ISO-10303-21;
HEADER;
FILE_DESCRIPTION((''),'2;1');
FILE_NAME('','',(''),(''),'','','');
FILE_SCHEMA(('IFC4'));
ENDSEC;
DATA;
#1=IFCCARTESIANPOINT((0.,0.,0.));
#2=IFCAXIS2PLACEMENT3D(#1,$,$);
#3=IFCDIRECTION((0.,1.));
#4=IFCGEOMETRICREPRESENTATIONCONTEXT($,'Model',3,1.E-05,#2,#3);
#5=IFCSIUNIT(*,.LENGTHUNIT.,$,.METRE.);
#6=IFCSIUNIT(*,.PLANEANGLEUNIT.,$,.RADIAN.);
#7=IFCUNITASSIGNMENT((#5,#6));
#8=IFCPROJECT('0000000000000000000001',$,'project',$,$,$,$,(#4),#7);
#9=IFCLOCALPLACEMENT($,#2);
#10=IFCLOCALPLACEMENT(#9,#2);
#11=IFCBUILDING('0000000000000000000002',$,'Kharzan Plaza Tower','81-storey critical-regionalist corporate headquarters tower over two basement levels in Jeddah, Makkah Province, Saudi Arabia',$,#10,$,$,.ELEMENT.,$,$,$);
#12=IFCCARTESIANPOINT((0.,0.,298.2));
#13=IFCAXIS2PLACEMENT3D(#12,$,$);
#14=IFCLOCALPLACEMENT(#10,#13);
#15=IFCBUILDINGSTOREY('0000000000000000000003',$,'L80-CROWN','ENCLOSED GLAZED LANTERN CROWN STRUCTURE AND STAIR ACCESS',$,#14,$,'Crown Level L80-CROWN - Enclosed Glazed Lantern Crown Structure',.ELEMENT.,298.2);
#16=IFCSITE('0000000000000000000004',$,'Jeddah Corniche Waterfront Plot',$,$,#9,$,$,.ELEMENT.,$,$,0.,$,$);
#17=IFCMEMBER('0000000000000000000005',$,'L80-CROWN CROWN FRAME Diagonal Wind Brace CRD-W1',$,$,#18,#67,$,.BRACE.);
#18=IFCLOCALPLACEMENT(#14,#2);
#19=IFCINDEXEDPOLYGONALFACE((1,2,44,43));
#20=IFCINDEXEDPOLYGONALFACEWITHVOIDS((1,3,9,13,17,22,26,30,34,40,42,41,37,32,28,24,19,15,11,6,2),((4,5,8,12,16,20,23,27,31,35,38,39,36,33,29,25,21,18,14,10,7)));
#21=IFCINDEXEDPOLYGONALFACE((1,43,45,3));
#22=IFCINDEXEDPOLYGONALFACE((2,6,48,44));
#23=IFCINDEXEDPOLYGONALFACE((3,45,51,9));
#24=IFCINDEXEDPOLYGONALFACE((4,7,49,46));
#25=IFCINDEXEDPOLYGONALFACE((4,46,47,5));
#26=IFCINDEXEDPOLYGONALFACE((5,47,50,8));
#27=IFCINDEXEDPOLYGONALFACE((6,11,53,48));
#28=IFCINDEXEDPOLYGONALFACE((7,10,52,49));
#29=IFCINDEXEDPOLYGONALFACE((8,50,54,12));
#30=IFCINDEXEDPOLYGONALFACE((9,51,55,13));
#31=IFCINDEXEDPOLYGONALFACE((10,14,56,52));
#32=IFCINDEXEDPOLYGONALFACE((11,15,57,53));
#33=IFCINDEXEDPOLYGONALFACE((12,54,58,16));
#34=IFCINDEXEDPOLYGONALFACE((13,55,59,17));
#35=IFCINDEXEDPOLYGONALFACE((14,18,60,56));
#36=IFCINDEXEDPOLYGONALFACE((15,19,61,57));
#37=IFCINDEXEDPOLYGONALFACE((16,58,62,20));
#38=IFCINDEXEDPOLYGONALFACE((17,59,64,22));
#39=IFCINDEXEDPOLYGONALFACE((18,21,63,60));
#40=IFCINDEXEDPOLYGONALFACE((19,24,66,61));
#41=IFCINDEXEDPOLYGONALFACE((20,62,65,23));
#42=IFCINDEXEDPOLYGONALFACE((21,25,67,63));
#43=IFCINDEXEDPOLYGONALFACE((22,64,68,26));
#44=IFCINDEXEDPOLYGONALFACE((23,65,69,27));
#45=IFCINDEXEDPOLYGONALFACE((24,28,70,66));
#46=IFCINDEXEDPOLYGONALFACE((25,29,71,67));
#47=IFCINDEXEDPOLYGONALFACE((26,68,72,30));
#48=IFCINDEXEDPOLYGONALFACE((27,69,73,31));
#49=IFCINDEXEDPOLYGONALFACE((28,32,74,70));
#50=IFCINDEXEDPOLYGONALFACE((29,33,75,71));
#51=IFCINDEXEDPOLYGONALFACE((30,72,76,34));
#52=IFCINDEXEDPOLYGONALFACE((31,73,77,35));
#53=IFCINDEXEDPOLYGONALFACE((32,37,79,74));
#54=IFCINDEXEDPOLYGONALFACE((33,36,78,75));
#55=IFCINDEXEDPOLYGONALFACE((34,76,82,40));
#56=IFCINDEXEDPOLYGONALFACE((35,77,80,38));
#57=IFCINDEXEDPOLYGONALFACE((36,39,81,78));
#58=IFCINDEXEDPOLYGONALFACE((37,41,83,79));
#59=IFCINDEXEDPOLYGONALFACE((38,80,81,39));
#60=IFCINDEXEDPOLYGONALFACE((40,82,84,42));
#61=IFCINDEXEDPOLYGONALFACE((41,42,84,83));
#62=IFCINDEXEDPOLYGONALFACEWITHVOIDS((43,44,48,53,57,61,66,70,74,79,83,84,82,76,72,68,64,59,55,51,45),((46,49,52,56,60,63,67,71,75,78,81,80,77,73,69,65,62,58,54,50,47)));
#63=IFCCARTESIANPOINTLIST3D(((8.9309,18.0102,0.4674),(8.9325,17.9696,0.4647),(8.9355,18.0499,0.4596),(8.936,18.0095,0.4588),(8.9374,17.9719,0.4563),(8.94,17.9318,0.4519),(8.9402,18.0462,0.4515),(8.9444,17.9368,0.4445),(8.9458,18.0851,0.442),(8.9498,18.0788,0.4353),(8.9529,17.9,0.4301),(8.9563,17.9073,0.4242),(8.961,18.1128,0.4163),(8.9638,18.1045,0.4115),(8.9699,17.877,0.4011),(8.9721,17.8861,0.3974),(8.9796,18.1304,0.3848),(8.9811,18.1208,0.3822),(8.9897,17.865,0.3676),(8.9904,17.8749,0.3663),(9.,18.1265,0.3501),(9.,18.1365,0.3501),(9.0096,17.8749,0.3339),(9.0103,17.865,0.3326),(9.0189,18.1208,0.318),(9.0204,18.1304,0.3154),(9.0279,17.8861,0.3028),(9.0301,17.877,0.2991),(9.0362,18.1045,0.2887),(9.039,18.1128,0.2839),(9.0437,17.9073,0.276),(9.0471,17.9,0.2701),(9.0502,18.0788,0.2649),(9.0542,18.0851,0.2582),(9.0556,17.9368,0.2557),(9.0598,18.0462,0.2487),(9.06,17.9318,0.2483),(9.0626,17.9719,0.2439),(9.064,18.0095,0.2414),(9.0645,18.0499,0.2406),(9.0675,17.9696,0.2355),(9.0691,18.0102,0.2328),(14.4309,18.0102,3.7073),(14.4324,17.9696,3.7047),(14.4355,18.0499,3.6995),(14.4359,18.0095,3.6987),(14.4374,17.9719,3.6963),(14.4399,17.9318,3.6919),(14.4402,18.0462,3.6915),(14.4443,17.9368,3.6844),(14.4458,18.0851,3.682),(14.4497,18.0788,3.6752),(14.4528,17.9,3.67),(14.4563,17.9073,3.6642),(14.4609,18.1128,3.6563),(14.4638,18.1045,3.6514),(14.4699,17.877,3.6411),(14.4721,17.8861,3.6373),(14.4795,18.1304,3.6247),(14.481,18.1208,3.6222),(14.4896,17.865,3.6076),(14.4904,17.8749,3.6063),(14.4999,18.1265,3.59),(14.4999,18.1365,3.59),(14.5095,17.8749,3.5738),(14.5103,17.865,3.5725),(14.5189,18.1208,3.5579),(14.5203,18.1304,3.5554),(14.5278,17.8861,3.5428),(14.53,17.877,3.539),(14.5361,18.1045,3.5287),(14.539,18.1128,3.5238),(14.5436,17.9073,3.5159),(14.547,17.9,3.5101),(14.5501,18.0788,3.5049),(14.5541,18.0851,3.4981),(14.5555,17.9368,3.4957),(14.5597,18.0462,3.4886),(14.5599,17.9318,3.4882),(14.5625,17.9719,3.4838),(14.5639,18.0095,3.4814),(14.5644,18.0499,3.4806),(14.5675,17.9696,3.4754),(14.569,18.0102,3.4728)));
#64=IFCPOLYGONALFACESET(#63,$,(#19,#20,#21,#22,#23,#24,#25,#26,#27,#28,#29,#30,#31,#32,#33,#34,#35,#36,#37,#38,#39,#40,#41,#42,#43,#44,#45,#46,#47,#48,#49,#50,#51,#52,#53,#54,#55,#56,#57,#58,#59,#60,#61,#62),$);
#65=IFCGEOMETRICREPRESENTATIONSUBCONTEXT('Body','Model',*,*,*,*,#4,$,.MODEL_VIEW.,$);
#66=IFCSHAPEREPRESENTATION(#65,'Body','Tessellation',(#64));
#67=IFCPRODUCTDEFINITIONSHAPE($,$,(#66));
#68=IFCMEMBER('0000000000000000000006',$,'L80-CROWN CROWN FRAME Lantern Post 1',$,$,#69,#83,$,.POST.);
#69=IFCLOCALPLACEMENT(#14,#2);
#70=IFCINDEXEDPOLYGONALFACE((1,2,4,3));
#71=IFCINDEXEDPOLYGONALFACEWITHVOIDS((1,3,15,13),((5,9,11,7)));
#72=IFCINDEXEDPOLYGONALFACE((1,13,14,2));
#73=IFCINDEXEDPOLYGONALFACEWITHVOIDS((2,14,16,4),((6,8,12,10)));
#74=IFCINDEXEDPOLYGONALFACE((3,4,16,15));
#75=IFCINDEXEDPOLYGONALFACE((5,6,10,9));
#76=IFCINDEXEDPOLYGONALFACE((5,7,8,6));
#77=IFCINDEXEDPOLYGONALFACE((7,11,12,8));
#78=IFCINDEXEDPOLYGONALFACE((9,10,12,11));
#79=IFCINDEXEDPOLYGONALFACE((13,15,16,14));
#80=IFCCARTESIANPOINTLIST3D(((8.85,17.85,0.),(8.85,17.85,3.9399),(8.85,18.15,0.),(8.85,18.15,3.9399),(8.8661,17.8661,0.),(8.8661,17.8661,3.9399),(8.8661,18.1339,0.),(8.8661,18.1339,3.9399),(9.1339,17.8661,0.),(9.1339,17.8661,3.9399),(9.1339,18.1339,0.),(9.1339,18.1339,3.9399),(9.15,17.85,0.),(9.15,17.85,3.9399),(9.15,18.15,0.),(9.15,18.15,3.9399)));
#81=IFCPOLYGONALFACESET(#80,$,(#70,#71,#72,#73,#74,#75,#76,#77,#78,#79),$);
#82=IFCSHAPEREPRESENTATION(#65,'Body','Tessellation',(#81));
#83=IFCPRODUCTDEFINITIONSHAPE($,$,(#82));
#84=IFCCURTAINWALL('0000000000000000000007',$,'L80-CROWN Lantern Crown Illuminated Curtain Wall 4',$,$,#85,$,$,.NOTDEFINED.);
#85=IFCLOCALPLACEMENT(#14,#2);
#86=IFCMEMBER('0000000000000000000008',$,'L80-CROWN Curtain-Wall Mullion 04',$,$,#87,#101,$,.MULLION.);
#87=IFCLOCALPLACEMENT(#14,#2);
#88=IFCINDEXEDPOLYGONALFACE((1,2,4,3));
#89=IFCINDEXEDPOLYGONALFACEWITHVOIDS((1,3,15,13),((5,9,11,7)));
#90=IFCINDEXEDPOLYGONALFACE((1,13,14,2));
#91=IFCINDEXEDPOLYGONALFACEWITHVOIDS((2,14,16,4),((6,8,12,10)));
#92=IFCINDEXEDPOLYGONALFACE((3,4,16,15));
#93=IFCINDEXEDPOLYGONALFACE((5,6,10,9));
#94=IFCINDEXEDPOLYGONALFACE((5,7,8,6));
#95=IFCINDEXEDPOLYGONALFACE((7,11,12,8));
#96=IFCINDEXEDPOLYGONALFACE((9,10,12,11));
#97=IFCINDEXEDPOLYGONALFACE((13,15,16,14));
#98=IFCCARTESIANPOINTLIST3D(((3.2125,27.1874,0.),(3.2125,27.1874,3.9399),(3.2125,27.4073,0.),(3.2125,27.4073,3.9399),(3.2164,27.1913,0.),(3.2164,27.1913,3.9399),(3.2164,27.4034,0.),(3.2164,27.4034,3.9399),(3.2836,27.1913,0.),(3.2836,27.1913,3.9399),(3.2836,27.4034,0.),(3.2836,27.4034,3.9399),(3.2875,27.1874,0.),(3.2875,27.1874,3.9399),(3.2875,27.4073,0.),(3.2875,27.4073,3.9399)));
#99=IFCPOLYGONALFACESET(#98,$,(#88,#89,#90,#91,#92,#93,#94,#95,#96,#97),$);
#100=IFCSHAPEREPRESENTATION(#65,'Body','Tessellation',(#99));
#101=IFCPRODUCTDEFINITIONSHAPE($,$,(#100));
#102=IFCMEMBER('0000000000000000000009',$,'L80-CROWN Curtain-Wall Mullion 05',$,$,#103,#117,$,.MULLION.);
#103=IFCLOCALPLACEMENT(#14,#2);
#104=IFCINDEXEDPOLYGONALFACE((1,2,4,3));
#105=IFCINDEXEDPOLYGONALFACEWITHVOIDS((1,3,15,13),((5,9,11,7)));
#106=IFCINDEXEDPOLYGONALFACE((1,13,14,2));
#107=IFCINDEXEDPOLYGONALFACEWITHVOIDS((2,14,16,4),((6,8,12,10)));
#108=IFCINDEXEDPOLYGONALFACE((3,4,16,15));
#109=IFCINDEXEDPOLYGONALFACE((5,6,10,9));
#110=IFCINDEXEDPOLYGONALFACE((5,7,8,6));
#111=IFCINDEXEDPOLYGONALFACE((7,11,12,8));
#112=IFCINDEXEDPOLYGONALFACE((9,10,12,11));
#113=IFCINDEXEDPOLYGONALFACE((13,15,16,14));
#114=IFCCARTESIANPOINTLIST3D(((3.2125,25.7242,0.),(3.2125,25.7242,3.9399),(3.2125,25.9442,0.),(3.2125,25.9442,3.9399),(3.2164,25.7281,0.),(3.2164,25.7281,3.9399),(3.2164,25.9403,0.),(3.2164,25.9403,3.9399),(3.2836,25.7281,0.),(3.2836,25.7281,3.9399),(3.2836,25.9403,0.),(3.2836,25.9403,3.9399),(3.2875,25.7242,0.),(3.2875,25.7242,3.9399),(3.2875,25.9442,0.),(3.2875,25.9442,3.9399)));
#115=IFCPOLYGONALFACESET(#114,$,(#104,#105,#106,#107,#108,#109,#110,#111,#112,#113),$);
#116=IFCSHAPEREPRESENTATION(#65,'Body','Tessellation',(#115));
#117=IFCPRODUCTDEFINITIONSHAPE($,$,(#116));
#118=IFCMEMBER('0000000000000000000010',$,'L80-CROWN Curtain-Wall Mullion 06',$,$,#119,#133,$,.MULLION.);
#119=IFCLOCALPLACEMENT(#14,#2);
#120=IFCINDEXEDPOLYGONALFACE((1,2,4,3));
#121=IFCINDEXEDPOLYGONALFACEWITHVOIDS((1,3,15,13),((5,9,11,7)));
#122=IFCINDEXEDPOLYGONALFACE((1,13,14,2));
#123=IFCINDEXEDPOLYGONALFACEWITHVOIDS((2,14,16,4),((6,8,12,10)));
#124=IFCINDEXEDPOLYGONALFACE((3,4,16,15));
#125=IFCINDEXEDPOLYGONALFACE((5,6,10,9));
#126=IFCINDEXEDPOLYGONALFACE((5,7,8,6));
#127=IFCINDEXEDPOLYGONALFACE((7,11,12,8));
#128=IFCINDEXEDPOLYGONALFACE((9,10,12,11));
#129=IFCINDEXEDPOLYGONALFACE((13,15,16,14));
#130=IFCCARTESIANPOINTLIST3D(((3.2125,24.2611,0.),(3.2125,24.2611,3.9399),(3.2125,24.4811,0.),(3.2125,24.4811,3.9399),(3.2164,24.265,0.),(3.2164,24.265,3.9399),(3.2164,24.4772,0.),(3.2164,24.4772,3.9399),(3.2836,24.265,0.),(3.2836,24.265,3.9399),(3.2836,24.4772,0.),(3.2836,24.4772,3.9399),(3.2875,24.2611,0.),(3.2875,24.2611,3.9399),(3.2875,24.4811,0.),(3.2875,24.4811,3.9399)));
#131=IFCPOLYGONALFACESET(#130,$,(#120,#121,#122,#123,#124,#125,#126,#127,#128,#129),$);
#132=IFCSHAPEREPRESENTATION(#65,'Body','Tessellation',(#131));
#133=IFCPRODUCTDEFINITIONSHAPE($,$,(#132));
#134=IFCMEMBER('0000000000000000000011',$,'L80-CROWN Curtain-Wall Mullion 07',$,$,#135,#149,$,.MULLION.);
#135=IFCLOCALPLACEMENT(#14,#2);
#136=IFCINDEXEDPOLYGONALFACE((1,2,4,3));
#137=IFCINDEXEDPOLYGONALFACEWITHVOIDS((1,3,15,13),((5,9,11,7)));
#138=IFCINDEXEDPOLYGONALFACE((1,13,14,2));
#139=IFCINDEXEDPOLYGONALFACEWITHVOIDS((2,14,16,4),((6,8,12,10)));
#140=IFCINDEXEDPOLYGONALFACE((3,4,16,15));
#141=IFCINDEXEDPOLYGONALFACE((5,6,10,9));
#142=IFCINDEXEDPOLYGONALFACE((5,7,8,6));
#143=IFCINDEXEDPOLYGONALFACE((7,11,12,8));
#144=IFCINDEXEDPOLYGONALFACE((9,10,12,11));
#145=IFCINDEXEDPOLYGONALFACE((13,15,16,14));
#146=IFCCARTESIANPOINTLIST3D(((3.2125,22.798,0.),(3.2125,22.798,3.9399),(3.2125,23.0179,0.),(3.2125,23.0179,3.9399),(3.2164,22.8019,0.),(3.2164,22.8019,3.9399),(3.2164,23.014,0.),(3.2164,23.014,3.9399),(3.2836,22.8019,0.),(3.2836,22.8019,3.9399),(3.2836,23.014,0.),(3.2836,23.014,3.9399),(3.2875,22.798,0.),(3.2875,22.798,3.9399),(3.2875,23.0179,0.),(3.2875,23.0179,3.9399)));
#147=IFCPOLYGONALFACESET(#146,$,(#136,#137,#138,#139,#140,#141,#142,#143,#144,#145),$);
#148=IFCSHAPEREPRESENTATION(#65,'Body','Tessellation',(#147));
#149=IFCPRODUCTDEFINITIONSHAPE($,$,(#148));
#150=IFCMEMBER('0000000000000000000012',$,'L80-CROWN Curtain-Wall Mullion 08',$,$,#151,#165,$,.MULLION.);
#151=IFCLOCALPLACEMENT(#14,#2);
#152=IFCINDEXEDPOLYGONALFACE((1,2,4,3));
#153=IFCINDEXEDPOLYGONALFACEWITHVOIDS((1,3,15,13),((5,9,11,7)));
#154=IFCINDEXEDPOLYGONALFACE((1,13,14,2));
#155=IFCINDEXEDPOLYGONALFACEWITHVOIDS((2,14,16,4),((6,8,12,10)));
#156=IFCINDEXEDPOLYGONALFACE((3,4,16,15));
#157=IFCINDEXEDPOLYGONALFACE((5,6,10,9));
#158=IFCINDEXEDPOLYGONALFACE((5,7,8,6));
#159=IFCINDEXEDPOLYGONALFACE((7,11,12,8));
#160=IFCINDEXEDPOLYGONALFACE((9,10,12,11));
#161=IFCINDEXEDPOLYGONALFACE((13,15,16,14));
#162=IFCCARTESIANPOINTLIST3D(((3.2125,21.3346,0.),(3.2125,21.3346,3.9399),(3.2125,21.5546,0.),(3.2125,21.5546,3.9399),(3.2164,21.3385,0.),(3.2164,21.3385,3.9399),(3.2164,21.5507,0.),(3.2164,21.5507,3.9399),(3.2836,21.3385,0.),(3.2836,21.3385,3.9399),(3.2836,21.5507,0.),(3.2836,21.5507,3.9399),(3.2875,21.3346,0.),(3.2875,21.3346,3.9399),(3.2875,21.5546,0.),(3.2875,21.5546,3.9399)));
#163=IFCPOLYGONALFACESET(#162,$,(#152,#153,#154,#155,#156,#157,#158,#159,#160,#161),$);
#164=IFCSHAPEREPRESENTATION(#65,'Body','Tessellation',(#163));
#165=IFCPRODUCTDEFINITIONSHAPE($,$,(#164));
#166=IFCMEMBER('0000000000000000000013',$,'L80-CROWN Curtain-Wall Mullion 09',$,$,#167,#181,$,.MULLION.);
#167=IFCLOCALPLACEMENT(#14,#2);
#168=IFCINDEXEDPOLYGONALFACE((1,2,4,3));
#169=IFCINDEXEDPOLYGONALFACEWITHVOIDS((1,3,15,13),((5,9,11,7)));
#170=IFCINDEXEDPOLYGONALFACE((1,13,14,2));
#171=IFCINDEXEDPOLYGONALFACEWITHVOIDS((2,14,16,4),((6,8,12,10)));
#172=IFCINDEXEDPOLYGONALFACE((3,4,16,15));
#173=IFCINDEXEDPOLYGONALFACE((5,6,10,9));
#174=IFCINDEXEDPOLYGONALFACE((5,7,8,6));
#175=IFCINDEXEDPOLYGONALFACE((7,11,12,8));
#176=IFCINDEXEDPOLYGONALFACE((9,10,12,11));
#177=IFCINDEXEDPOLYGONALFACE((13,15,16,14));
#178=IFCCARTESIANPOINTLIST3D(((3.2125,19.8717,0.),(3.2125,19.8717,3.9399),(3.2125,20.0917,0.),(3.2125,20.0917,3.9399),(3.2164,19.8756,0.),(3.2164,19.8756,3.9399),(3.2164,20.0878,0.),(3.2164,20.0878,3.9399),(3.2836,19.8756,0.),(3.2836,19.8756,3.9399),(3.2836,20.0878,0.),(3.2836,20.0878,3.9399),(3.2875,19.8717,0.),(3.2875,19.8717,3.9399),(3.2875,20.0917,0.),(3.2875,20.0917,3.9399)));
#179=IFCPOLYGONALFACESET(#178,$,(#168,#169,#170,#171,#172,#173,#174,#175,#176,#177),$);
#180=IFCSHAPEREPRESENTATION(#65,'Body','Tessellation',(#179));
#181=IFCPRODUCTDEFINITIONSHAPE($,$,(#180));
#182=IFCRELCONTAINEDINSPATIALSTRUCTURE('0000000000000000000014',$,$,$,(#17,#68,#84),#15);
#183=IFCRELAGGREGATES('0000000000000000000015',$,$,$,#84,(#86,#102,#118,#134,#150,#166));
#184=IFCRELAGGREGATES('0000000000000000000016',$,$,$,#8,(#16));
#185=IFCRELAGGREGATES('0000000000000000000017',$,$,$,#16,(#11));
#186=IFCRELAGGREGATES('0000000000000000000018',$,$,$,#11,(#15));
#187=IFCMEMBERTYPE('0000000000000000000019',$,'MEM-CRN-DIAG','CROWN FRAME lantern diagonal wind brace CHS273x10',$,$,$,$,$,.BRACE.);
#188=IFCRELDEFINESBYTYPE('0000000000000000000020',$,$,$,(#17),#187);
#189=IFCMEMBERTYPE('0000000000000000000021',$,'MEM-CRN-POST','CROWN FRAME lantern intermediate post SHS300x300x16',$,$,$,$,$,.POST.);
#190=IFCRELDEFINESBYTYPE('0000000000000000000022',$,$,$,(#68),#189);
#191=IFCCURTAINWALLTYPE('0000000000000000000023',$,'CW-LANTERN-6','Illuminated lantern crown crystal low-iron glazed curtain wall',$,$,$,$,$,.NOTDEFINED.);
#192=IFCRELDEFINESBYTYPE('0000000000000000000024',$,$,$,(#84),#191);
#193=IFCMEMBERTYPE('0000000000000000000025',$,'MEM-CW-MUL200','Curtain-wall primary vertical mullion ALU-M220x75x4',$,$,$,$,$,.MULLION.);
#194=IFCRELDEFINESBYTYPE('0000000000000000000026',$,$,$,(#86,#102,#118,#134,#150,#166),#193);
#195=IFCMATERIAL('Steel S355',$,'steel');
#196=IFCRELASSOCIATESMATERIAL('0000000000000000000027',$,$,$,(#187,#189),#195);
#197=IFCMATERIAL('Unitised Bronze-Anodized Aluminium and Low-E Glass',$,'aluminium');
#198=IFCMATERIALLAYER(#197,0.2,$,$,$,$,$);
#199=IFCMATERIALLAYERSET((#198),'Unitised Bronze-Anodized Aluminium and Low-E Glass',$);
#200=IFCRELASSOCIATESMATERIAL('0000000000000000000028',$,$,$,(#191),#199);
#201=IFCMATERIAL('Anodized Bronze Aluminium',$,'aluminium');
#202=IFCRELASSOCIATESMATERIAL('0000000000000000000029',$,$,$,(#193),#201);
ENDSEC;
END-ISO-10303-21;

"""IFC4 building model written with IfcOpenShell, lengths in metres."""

from ifc_helpers import new_model, si_unit, direction, frame, origin, origin_2d, place, context, subcontext, project, spatial, hollow_rectangle, hollow_circle, extrude, source, transform, mapped, material, layer, layer_set, material_profile, profile_set, type_object, element, aggregate, save


model = new_model("IFC4")

# Units and contexts
model_context = context("Model", 3, precision=1e-05, world=origin(), true_north=direction((0.0, 1.0)))
body_context = subcontext(model_context, "Body", "Model", "MODEL_VIEW")
ifc_project = project(units=[si_unit("LENGTHUNIT", "METRE"), si_unit("PLANEANGLEUNIT", "RADIAN")], contexts=[model_context])

# Site, building, storey
site_placement = place(None, origin())
site = spatial("IfcSite", under=ifc_project, at=site_placement, Name="Jeddah Corniche Waterfront Plot", CompositionType="ELEMENT", RefElevation=0.0)
building_placement = place(site_placement, origin())
building = spatial("IfcBuilding", under=site, at=building_placement, Name="Kharzan Plaza Tower", Description="81-storey critical-regionalist corporate headquarters tower over two basement levels in Jeddah, Makkah Province, Saudi Arabia", CompositionType="ELEMENT")
storey_placement = place(building_placement, frame((0.0, 0.0, 298.2)))
storey = spatial("IfcBuildingStorey", under=building, at=storey_placement, Name="L80-CROWN", Description="ENCLOSED GLAZED LANTERN CROWN STRUCTURE AND STAIR ACCESS", LongName="Crown Level L80-CROWN - Enclosed Glazed Lantern Crown Structure", CompositionType="ELEMENT", Elevation=298.2)

# Members
ifc_material_1 = material(Name="Steel S355", Category="steel")
ifc_material_profile_1 = material_profile(ifc_material_1, hollow_circle(Radius=0.1365, WallThickness=0.01, at=origin_2d()), Name="CHS273x10")
ifc_profile_set_1 = profile_set([ifc_material_profile_1], Name="Steel S355")
member_type_1 = type_object("IfcMemberType", Name="MEM-CRN-DIAG", Description="CROWN FRAME lantern diagonal wind brace CHS273x10", PredefinedType="BRACE", material=ifc_profile_set_1)
shared_shape_1 = source(origin(), body_context, "Body", "SweptSolid", [
    extrude(hollow_circle(Radius=0.1365, WallThickness=0.01, at=origin_2d()), origin(), (0.0, 0.0, 1.0), 6.3833),
])
member_1_placement = place(storey_placement, frame((9.0, 18.0, 0.3501), z_axis=(0.861613, 0.0, 0.507567), x_axis=(0.0, 1.0, 0.0)))
element("IfcMember", 1, at=member_1_placement, inside=storey, type_object=member_type_1, Name="L80-CROWN CROWN FRAME Diagonal Wind Brace CRD-W1", PredefinedType="BRACE", context=body_context, shape_type="MappedRepresentation", body=[
    mapped(shared_shape_1, transform((0.0, 0.0, 0.0), x_axis=(1.0, 0.0, 0.0), y_axis=(0.0, 1.0, 0.0), z_axis=(0.0, 0.0, 1.0))),
])
ifc_material_profile_2 = material_profile(ifc_material_1, hollow_rectangle(XDim=0.3, YDim=0.3, WallThickness=0.0161, at=origin_2d()), Name="SHS300x300x16")
ifc_profile_set_2 = profile_set([ifc_material_profile_2], Name="Steel S355")
member_type_2 = type_object("IfcMemberType", Name="MEM-CRN-POST", Description="CROWN FRAME lantern intermediate post SHS300x300x16", PredefinedType="POST", material=ifc_profile_set_2)
shared_shape_2 = source(origin(), body_context, "Body", "SweptSolid", [
    extrude(hollow_rectangle(XDim=0.3, YDim=0.3, WallThickness=0.0161, at=origin_2d()), origin(), (0.0, 0.0, 1.0), 3.9399),
])
member_2_placement = place(storey_placement, frame((9.0, 18.0, 0.0), z_axis=(0.0, 0.0, 1.0), x_axis=(1.0, 0.0, 0.0)))
element("IfcMember", 2, at=member_2_placement, inside=storey, type_object=member_type_2, Name="L80-CROWN CROWN FRAME Lantern Post 1", PredefinedType="POST", context=body_context, shape_type="MappedRepresentation", body=[
    mapped(shared_shape_2, transform((0.0, 0.0, 0.0), x_axis=(1.0, 0.0, 0.0), y_axis=(0.0, 1.0, 0.0), z_axis=(0.0, 0.0, 1.0))),
])

# Curtain wall, members
ifc_material_2 = material(Name="Unitised Bronze-Anodized Aluminium and Low-E Glass", Category="aluminium")
ifc_layer_1 = layer(ifc_material_2, 0.2)
ifc_layer_set_1 = layer_set([ifc_layer_1], Name="Unitised Bronze-Anodized Aluminium and Low-E Glass")
curtain_wall_type = type_object("IfcCurtainWallType", Name="CW-LANTERN-6", Description="Illuminated lantern crown crystal low-iron glazed curtain wall", PredefinedType="NOTDEFINED", material=ifc_layer_set_1)
curtain_wall_placement = place(storey_placement, origin())
curtain_wall = element("IfcCurtainWall", 3, at=curtain_wall_placement, inside=storey, type_object=curtain_wall_type, Name="L80-CROWN Lantern Crown Illuminated Curtain Wall 4", PredefinedType="NOTDEFINED")
ifc_material_3 = material(Name="Anodized Bronze Aluminium", Category="aluminium")
ifc_material_profile_3 = material_profile(ifc_material_3, hollow_rectangle(XDim=0.075, YDim=0.22, WallThickness=0.0039, at=origin_2d()), Name="ALU-M220x75x4")
ifc_profile_set_3 = profile_set([ifc_material_profile_3], Name="Anodized Bronze Aluminium")
member_type_3 = type_object("IfcMemberType", Name="MEM-CW-MUL200", Description="Curtain-wall primary vertical mullion ALU-M220x75x4", PredefinedType="MULLION", material=ifc_profile_set_3)
shared_shape_3 = source(origin(), body_context, "Body", "SweptSolid", [
    extrude(hollow_rectangle(XDim=0.075, YDim=0.22, WallThickness=0.0039, at=origin_2d()), origin(), (0.0, 0.0, 1.0), 3.9399),
])
member_3_placement = place(storey_placement, frame((3.25, 27.2974, 0.0), z_axis=(0.0, 0.0, 1.0), x_axis=(1.0, 0.0, 0.0)))
member_3 = element("IfcMember", 4, at=member_3_placement, type_object=member_type_3, Name="L80-CROWN Curtain-Wall Mullion 04", PredefinedType="MULLION", context=body_context, shape_type="MappedRepresentation", body=[
    mapped(shared_shape_3, transform((0.0, 0.0, 0.0), x_axis=(1.0, 0.0, 0.0), y_axis=(0.0, 1.0, 0.0), z_axis=(0.0, 0.0, 1.0))),
])
member_4_placement = place(storey_placement, frame((3.25, 25.8342, 0.0), z_axis=(0.0, 0.0, 1.0), x_axis=(1.0, 0.0, 0.0)))
member_4 = element("IfcMember", 5, at=member_4_placement, type_object=member_type_3, Name="L80-CROWN Curtain-Wall Mullion 05", PredefinedType="MULLION", context=body_context, shape_type="MappedRepresentation", body=[
    mapped(shared_shape_3, transform((0.0, 0.0, 0.0), x_axis=(1.0, 0.0, 0.0), y_axis=(0.0, 1.0, 0.0), z_axis=(0.0, 0.0, 1.0))),
])
member_5_placement = place(storey_placement, frame((3.25, 24.3711, 0.0), z_axis=(0.0, 0.0, 1.0), x_axis=(1.0, 0.0, 0.0)))
member_5 = element("IfcMember", 6, at=member_5_placement, type_object=member_type_3, Name="L80-CROWN Curtain-Wall Mullion 06", PredefinedType="MULLION", context=body_context, shape_type="MappedRepresentation", body=[
    mapped(shared_shape_3, transform((0.0, 0.0, 0.0), x_axis=(1.0, 0.0, 0.0), y_axis=(0.0, 1.0, 0.0), z_axis=(0.0, 0.0, 1.0))),
])
member_6_placement = place(storey_placement, frame((3.25, 22.908, 0.0), z_axis=(0.0, 0.0, 1.0), x_axis=(1.0, 0.0, 0.0)))
member_6 = element("IfcMember", 7, at=member_6_placement, type_object=member_type_3, Name="L80-CROWN Curtain-Wall Mullion 07", PredefinedType="MULLION", context=body_context, shape_type="MappedRepresentation", body=[
    mapped(shared_shape_3, transform((0.0, 0.0, 0.0), x_axis=(1.0, 0.0, 0.0), y_axis=(0.0, 1.0, 0.0), z_axis=(0.0, 0.0, 1.0))),
])
member_7_placement = place(storey_placement, frame((3.25, 21.4446, 0.0), z_axis=(0.0, 0.0, 1.0), x_axis=(1.0, 0.0, 0.0)))
member_7 = element("IfcMember", 8, at=member_7_placement, type_object=member_type_3, Name="L80-CROWN Curtain-Wall Mullion 08", PredefinedType="MULLION", context=body_context, shape_type="MappedRepresentation", body=[
    mapped(shared_shape_3, transform((0.0, 0.0, 0.0), x_axis=(1.0, 0.0, 0.0), y_axis=(0.0, 1.0, 0.0), z_axis=(0.0, 0.0, 1.0))),
])
member_8_placement = place(storey_placement, frame((3.25, 19.9817, 0.0), z_axis=(0.0, 0.0, 1.0), x_axis=(1.0, 0.0, 0.0)))
member_8 = element("IfcMember", 9, at=member_8_placement, type_object=member_type_3, Name="L80-CROWN Curtain-Wall Mullion 09", PredefinedType="MULLION", context=body_context, shape_type="MappedRepresentation", body=[
    mapped(shared_shape_3, transform((0.0, 0.0, 0.0), x_axis=(1.0, 0.0, 0.0), y_axis=(0.0, 1.0, 0.0), z_axis=(0.0, 0.0, 1.0))),
])

aggregate(curtain_wall, [member_3, member_4, member_5, member_6, member_7, member_8])

save(model, "model.ifc")
